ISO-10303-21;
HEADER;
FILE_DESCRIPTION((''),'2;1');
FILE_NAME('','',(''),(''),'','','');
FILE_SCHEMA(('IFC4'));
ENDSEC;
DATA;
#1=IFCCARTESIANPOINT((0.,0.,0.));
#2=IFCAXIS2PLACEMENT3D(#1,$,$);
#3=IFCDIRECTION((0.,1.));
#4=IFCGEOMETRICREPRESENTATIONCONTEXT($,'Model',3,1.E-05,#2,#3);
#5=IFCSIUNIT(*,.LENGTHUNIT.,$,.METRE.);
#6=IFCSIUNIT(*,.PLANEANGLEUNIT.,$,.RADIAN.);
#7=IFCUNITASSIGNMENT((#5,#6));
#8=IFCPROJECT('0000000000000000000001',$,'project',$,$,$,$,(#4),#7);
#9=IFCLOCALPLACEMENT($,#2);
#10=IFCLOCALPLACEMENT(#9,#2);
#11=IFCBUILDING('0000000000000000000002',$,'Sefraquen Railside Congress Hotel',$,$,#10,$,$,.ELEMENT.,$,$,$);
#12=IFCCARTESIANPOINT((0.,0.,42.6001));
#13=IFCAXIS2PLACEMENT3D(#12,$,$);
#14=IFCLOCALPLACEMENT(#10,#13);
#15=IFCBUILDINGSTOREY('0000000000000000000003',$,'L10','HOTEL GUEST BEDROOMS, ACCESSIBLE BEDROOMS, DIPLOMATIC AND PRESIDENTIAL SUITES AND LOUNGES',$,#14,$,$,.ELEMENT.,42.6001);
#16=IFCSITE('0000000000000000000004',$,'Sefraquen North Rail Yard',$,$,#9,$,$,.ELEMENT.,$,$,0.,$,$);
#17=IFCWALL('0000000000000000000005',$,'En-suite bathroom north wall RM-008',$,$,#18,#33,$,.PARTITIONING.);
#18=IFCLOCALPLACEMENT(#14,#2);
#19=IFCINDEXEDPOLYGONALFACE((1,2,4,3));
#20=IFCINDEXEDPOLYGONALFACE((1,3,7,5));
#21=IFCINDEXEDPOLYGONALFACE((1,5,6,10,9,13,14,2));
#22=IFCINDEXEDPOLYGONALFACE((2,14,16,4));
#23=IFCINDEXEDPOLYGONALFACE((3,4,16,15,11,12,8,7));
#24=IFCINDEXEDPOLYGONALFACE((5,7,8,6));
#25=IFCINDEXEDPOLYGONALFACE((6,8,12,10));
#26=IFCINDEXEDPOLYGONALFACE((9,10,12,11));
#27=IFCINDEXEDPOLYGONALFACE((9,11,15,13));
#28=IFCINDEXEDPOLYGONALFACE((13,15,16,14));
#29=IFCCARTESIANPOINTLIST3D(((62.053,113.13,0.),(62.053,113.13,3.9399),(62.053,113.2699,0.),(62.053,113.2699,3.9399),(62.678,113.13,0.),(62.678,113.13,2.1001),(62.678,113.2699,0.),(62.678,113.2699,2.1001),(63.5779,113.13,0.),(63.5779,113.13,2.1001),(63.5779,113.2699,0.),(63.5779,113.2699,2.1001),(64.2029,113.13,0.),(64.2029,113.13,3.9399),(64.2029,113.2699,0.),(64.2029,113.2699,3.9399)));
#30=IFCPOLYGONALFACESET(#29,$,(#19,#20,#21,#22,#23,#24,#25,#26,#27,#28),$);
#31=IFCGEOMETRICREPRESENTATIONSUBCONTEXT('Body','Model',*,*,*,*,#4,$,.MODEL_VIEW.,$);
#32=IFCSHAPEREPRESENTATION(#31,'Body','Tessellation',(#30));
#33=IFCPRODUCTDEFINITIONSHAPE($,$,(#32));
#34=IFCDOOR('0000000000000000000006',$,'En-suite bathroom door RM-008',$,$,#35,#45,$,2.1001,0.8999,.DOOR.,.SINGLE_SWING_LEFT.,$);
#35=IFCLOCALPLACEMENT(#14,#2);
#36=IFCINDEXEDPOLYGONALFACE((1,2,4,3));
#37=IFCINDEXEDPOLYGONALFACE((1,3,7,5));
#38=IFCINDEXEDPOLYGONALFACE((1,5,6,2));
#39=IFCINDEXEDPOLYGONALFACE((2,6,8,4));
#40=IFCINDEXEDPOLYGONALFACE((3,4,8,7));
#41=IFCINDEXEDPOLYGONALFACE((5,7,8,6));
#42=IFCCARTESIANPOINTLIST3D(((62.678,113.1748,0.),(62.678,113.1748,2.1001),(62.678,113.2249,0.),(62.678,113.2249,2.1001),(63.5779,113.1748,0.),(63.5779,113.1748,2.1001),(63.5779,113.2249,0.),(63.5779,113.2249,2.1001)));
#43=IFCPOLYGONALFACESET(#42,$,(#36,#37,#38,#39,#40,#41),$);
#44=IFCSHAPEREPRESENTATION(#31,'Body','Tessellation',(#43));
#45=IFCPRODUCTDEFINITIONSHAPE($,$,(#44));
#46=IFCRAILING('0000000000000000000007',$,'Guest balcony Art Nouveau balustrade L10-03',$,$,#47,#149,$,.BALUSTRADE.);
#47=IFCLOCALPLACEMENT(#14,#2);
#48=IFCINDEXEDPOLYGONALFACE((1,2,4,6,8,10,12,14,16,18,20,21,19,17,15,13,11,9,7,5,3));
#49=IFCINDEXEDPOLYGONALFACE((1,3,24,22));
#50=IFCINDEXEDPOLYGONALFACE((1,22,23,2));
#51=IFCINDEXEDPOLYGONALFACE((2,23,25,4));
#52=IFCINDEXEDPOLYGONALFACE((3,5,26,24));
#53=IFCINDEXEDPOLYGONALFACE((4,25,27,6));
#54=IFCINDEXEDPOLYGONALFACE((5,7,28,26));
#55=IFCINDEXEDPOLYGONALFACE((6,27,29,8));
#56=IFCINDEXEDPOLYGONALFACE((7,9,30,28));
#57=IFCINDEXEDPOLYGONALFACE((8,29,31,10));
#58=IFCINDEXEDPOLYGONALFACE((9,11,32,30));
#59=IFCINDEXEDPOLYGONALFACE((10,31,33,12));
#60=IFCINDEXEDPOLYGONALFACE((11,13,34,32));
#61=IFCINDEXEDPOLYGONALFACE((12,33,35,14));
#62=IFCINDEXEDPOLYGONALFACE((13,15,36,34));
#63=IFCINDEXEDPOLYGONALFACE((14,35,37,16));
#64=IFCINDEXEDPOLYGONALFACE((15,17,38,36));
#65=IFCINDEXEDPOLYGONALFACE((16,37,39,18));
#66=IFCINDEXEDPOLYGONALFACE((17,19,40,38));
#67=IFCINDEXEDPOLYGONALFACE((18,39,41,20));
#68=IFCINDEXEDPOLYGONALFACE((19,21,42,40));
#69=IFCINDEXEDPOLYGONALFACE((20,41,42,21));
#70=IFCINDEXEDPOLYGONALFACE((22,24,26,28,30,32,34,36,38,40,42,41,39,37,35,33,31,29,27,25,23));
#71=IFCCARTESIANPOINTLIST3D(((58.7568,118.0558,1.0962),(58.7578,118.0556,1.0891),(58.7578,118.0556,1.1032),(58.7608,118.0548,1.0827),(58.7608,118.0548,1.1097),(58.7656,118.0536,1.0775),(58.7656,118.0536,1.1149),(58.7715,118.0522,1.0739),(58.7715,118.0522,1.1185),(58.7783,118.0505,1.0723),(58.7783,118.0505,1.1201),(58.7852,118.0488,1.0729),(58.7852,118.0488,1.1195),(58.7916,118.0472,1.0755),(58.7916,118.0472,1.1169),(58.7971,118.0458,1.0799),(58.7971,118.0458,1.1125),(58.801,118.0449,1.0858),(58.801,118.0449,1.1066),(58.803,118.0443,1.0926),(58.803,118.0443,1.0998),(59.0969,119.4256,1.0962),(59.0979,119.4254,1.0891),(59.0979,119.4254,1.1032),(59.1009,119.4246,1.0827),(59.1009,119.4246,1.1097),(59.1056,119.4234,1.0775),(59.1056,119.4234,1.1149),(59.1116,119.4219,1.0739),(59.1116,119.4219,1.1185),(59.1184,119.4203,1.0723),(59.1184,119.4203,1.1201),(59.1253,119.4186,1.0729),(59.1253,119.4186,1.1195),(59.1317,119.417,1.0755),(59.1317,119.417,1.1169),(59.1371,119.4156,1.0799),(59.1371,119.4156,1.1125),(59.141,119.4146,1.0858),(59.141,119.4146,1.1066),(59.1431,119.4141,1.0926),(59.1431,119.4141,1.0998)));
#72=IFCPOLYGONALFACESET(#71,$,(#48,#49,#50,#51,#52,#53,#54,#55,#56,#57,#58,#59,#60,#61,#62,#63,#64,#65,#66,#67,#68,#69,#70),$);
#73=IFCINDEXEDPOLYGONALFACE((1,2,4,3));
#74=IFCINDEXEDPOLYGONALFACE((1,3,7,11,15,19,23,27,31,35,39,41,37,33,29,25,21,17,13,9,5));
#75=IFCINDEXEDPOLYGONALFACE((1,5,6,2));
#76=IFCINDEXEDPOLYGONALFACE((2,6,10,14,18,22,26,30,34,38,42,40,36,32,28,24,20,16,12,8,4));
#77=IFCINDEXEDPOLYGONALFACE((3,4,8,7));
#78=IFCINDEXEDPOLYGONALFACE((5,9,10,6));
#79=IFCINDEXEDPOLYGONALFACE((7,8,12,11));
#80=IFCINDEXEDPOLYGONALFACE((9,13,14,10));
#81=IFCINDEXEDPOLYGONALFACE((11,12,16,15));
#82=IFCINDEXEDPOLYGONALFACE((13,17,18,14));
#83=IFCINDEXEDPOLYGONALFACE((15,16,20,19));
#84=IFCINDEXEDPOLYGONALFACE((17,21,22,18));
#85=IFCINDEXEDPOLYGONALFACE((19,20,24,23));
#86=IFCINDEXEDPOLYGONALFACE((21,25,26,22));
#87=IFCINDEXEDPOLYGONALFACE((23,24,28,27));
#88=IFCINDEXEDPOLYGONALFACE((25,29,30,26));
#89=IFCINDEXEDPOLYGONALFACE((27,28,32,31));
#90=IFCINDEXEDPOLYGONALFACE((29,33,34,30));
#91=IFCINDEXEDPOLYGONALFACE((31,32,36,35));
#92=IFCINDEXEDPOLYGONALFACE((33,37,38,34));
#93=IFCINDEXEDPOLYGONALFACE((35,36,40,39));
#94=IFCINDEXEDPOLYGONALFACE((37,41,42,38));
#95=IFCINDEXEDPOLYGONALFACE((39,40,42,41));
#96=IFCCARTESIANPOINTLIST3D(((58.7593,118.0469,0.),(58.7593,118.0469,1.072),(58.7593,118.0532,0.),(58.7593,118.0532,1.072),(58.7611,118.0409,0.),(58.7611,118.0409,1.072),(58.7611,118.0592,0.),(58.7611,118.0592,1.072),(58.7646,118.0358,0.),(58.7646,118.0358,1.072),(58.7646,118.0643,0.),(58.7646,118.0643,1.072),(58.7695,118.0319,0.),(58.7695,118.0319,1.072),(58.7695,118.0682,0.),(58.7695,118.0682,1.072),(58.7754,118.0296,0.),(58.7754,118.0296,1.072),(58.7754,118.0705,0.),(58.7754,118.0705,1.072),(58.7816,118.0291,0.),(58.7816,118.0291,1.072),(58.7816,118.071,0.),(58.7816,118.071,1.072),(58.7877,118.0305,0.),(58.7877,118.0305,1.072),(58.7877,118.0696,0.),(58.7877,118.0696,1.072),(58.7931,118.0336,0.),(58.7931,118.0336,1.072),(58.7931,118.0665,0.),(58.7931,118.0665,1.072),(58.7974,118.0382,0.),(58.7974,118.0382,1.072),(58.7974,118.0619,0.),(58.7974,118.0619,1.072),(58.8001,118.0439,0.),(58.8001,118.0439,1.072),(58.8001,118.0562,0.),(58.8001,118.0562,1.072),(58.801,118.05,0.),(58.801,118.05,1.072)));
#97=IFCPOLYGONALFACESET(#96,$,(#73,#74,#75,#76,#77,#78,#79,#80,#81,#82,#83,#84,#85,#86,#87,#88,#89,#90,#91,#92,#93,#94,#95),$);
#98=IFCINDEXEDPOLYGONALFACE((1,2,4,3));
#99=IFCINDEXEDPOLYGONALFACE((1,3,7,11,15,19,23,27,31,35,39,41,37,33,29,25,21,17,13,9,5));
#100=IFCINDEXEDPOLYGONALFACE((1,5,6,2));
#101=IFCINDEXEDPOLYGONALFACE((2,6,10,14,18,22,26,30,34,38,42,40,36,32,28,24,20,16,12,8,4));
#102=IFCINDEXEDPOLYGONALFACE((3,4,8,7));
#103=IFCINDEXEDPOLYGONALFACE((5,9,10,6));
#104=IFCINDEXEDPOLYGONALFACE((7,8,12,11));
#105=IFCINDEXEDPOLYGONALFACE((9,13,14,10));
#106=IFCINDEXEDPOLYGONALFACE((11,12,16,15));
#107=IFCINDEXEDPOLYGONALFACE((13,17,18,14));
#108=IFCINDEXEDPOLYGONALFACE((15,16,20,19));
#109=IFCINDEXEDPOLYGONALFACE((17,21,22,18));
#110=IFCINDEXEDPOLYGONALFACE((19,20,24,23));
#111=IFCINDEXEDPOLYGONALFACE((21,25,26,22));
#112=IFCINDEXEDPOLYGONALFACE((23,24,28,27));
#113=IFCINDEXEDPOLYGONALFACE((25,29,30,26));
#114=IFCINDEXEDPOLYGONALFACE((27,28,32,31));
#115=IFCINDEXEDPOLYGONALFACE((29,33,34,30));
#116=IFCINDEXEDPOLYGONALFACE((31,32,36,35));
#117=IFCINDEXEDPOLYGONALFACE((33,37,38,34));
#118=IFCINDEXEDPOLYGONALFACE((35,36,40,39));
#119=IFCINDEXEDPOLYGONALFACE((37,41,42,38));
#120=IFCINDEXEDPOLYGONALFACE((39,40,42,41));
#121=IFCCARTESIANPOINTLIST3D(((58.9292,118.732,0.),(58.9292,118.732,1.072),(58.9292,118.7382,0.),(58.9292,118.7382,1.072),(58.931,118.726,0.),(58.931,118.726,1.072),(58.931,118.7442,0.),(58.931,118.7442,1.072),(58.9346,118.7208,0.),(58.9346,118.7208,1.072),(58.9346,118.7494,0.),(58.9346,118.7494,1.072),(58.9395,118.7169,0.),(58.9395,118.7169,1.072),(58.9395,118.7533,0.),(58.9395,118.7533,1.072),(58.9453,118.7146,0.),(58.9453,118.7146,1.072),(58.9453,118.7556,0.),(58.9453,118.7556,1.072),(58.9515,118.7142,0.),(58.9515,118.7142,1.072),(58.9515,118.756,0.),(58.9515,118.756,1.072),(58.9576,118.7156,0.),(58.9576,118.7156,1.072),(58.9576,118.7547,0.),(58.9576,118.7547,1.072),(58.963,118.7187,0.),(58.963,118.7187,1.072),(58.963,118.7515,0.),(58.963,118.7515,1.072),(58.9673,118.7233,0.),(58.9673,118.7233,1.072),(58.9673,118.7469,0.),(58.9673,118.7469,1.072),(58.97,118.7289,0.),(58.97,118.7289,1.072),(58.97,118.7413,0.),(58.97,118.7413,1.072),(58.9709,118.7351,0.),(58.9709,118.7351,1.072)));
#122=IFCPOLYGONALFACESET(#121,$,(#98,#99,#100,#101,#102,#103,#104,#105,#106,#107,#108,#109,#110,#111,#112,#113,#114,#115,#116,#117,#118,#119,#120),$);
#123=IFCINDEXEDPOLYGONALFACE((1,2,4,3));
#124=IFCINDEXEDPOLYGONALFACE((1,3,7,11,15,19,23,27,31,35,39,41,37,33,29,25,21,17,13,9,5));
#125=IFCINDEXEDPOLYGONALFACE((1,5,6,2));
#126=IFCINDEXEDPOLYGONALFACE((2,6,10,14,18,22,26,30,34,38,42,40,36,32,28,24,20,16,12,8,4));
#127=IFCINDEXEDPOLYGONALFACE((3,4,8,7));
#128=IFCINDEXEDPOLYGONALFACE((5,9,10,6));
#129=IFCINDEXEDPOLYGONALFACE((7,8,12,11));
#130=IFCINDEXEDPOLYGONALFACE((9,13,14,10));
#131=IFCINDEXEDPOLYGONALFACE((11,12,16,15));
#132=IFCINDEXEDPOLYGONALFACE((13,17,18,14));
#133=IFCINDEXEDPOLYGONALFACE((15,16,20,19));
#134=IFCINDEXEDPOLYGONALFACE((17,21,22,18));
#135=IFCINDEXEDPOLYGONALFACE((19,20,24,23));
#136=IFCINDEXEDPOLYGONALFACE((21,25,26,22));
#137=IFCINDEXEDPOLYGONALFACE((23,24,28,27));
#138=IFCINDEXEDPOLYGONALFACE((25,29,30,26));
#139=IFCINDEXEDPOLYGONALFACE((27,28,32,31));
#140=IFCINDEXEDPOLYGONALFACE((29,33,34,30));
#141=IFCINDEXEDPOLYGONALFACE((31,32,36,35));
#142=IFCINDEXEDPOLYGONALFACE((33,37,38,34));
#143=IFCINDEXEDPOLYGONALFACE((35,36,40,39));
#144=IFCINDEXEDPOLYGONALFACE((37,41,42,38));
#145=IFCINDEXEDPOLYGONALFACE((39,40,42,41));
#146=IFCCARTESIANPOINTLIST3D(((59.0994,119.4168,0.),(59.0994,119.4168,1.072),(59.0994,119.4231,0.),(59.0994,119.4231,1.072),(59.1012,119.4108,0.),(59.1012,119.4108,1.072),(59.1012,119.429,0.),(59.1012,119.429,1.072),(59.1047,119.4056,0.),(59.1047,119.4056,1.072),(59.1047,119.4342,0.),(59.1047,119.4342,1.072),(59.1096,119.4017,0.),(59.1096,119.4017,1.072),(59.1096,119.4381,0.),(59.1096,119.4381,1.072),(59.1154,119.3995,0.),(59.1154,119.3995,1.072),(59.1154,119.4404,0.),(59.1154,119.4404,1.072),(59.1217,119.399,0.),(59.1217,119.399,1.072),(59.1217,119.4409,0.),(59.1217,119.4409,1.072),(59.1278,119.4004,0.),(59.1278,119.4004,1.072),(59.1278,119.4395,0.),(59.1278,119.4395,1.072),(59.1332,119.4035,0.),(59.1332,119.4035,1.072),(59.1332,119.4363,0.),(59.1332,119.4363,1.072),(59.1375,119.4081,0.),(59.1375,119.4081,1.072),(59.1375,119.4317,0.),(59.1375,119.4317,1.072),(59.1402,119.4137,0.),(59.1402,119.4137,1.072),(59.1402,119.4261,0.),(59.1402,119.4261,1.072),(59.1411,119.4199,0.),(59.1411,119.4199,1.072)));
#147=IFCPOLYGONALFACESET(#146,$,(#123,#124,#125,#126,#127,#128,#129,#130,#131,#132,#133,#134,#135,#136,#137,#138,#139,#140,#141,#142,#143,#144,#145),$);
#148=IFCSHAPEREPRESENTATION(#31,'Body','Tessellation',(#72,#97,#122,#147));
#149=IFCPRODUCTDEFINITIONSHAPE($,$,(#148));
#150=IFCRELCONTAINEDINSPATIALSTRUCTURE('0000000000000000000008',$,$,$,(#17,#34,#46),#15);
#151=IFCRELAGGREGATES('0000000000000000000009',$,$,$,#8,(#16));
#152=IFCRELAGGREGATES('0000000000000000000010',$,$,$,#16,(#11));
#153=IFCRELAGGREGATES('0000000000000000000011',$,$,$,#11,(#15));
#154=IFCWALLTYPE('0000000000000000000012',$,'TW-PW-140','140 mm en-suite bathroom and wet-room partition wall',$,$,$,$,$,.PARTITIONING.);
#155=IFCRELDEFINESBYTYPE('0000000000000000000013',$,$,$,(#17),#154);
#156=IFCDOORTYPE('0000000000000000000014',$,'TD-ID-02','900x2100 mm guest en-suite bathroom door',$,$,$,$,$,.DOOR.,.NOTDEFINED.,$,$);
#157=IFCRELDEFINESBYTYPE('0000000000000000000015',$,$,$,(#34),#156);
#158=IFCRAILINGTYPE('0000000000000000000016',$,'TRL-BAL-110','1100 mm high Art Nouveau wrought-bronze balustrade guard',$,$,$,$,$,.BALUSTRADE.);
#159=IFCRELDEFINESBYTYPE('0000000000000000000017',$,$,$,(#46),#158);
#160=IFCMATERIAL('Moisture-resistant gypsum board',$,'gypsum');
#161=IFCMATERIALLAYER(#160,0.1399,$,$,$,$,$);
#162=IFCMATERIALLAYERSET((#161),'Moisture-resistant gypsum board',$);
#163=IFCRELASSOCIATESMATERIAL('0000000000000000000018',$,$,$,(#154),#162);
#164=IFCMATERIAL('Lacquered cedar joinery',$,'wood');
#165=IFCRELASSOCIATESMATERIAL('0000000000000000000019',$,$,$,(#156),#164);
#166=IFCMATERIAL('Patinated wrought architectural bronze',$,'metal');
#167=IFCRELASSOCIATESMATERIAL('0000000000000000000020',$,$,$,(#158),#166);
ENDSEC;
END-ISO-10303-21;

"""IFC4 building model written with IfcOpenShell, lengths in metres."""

from ifc_helpers import new_model, si_unit, direction, frame, frame_2d, origin, origin_2d, place, context, subcontext, project, spatial, rectangle, circle, extrude, material, layer, layer_set, type_object, element, fill, save


model = new_model("IFC4")

# Units and contexts
model_context = context("Model", 3, precision=1e-05, world=origin(), true_north=direction((0.0, 1.0)))
body_context = subcontext(model_context, "Body", "Model", "MODEL_VIEW")
ifc_project = project(units=[si_unit("LENGTHUNIT", "METRE"), si_unit("PLANEANGLEUNIT", "RADIAN")], contexts=[model_context])

# Site, building, storey
site_placement = place(None, origin())
site = spatial("IfcSite", under=ifc_project, at=site_placement, Name="Sefraquen North Rail Yard", CompositionType="ELEMENT", RefElevation=0.0)
building_placement = place(site_placement, origin())
building = spatial("IfcBuilding", under=site, at=building_placement, Name="Sefraquen Railside Congress Hotel", CompositionType="ELEMENT")
storey_placement = place(building_placement, frame((0.0, 0.0, 42.6001)))
storey = spatial("IfcBuildingStorey", under=building, at=storey_placement, Name="L10", Description="HOTEL GUEST BEDROOMS, ACCESSIBLE BEDROOMS, DIPLOMATIC AND PRESIDENTIAL SUITES AND LOUNGES", CompositionType="ELEMENT", Elevation=42.6001)

# Wall, opening, door
ifc_material_1 = material(Name="Moisture-resistant gypsum board", Category="gypsum")
ifc_layer_1 = layer(ifc_material_1, 0.1399)
ifc_layer_set_1 = layer_set([ifc_layer_1], Name="Moisture-resistant gypsum board")
wall_type = type_object("IfcWallType", Name="TW-PW-140", Description="140 mm en-suite bathroom and wet-room partition wall", PredefinedType="PARTITIONING", material=ifc_layer_set_1)
ifc_material_2 = material(Name="Lacquered cedar joinery", Category="wood")
door_type = type_object("IfcDoorType", Name="TD-ID-02", Description="900x2100 mm guest en-suite bathroom door", OperationType="NOTDEFINED", PredefinedType="DOOR", material=ifc_material_2)
wall_1_placement = place(storey_placement, frame((62.053, 113.2, 0.0), z_axis=(0.0, 0.0, 1.0), x_axis=(1.0, 0.0, 0.0)))
wall_1 = element("IfcWall", 1, at=wall_1_placement, inside=storey, type_object=wall_type, Name="En-suite bathroom north wall RM-008", PredefinedType="PARTITIONING", context=body_context, shape_type="SweptSolid", body=[
    extrude(rectangle(XDim=2.1499, YDim=0.1399, at=frame_2d((1.075, 0.0))), origin(), (0.0, 0.0, 1.0), 3.9399),
])
opening_1_placement = place(wall_1_placement, frame((0.625, 0.0, 0.0)))
opening_1 = element("IfcOpeningElement", 2, at=opening_1_placement, cuts=wall_1, PredefinedType="OPENING", context=body_context, shape_type="SweptSolid", body=[
    extrude(rectangle(XDim=0.8999, YDim=2.1001, at=frame_2d((0.45, 1.05))), frame((0.0, 0.0798, 0.0), z_axis=(0.0, -1.0, 0.0), x_axis=(1.0, 0.0, 0.0)), (0.0, 0.0, 1.0), 0.1599),
])
door_1_placement = place(opening_1_placement, origin())
door_1 = element("IfcDoor", 3, at=door_1_placement, inside=storey, type_object=door_type, Name="En-suite bathroom door RM-008", OperationType="SINGLE_SWING_LEFT", OverallHeight=2.1001, OverallWidth=0.8999, PredefinedType="DOOR", context=body_context, shape_type="SweptSolid", body=[
    extrude(rectangle(XDim=0.8999, YDim=2.1001, at=frame_2d((0.45, 1.05))), frame((0.0, 0.0249, 0.0), z_axis=(0.0, -1.0, 0.0), x_axis=(1.0, 0.0, 0.0)), (0.0, 0.0, 1.0), 0.05),
])
fill(opening_1, door_1)

# Railing
ifc_material_3 = material(Name="Patinated wrought architectural bronze", Category="metal")
railing_type = type_object("IfcRailingType", Name="TRL-BAL-110", Description="1100 mm high Art Nouveau wrought-bronze balustrade guard", PredefinedType="BALUSTRADE", material=ifc_material_3)
railing_1_placement = place(storey_placement, frame((58.78, 118.05, 0.0)))
element("IfcRailing", 4, at=railing_1_placement, inside=storey, type_object=railing_type, Name="Guest balcony Art Nouveau balustrade L10-03", PredefinedType="BALUSTRADE", context=body_context, shape_type="SweptSolid", body=[
    extrude(circle(Radius=0.0239, at=origin_2d()), frame((0.0, 0.0, 1.0962), z_axis=(0.240948, 0.970538, 0.0), x_axis=(-0.970538, 0.240948, 0.0)), (0.0, 0.0, 1.0), 1.4114),
    extrude(circle(Radius=0.021, at=origin_2d()), origin(), (0.0, 0.0, 1.0), 1.072),
    extrude(circle(Radius=0.021, at=origin_2d()), frame((0.1699, 0.6851, 0.0)), (0.0, 0.0, 1.0), 1.072),
    extrude(circle(Radius=0.021, at=origin_2d()), frame((0.3401, 1.3699, 0.0)), (0.0, 0.0, 1.0), 1.072),
])

save(model, "model.ifc")
